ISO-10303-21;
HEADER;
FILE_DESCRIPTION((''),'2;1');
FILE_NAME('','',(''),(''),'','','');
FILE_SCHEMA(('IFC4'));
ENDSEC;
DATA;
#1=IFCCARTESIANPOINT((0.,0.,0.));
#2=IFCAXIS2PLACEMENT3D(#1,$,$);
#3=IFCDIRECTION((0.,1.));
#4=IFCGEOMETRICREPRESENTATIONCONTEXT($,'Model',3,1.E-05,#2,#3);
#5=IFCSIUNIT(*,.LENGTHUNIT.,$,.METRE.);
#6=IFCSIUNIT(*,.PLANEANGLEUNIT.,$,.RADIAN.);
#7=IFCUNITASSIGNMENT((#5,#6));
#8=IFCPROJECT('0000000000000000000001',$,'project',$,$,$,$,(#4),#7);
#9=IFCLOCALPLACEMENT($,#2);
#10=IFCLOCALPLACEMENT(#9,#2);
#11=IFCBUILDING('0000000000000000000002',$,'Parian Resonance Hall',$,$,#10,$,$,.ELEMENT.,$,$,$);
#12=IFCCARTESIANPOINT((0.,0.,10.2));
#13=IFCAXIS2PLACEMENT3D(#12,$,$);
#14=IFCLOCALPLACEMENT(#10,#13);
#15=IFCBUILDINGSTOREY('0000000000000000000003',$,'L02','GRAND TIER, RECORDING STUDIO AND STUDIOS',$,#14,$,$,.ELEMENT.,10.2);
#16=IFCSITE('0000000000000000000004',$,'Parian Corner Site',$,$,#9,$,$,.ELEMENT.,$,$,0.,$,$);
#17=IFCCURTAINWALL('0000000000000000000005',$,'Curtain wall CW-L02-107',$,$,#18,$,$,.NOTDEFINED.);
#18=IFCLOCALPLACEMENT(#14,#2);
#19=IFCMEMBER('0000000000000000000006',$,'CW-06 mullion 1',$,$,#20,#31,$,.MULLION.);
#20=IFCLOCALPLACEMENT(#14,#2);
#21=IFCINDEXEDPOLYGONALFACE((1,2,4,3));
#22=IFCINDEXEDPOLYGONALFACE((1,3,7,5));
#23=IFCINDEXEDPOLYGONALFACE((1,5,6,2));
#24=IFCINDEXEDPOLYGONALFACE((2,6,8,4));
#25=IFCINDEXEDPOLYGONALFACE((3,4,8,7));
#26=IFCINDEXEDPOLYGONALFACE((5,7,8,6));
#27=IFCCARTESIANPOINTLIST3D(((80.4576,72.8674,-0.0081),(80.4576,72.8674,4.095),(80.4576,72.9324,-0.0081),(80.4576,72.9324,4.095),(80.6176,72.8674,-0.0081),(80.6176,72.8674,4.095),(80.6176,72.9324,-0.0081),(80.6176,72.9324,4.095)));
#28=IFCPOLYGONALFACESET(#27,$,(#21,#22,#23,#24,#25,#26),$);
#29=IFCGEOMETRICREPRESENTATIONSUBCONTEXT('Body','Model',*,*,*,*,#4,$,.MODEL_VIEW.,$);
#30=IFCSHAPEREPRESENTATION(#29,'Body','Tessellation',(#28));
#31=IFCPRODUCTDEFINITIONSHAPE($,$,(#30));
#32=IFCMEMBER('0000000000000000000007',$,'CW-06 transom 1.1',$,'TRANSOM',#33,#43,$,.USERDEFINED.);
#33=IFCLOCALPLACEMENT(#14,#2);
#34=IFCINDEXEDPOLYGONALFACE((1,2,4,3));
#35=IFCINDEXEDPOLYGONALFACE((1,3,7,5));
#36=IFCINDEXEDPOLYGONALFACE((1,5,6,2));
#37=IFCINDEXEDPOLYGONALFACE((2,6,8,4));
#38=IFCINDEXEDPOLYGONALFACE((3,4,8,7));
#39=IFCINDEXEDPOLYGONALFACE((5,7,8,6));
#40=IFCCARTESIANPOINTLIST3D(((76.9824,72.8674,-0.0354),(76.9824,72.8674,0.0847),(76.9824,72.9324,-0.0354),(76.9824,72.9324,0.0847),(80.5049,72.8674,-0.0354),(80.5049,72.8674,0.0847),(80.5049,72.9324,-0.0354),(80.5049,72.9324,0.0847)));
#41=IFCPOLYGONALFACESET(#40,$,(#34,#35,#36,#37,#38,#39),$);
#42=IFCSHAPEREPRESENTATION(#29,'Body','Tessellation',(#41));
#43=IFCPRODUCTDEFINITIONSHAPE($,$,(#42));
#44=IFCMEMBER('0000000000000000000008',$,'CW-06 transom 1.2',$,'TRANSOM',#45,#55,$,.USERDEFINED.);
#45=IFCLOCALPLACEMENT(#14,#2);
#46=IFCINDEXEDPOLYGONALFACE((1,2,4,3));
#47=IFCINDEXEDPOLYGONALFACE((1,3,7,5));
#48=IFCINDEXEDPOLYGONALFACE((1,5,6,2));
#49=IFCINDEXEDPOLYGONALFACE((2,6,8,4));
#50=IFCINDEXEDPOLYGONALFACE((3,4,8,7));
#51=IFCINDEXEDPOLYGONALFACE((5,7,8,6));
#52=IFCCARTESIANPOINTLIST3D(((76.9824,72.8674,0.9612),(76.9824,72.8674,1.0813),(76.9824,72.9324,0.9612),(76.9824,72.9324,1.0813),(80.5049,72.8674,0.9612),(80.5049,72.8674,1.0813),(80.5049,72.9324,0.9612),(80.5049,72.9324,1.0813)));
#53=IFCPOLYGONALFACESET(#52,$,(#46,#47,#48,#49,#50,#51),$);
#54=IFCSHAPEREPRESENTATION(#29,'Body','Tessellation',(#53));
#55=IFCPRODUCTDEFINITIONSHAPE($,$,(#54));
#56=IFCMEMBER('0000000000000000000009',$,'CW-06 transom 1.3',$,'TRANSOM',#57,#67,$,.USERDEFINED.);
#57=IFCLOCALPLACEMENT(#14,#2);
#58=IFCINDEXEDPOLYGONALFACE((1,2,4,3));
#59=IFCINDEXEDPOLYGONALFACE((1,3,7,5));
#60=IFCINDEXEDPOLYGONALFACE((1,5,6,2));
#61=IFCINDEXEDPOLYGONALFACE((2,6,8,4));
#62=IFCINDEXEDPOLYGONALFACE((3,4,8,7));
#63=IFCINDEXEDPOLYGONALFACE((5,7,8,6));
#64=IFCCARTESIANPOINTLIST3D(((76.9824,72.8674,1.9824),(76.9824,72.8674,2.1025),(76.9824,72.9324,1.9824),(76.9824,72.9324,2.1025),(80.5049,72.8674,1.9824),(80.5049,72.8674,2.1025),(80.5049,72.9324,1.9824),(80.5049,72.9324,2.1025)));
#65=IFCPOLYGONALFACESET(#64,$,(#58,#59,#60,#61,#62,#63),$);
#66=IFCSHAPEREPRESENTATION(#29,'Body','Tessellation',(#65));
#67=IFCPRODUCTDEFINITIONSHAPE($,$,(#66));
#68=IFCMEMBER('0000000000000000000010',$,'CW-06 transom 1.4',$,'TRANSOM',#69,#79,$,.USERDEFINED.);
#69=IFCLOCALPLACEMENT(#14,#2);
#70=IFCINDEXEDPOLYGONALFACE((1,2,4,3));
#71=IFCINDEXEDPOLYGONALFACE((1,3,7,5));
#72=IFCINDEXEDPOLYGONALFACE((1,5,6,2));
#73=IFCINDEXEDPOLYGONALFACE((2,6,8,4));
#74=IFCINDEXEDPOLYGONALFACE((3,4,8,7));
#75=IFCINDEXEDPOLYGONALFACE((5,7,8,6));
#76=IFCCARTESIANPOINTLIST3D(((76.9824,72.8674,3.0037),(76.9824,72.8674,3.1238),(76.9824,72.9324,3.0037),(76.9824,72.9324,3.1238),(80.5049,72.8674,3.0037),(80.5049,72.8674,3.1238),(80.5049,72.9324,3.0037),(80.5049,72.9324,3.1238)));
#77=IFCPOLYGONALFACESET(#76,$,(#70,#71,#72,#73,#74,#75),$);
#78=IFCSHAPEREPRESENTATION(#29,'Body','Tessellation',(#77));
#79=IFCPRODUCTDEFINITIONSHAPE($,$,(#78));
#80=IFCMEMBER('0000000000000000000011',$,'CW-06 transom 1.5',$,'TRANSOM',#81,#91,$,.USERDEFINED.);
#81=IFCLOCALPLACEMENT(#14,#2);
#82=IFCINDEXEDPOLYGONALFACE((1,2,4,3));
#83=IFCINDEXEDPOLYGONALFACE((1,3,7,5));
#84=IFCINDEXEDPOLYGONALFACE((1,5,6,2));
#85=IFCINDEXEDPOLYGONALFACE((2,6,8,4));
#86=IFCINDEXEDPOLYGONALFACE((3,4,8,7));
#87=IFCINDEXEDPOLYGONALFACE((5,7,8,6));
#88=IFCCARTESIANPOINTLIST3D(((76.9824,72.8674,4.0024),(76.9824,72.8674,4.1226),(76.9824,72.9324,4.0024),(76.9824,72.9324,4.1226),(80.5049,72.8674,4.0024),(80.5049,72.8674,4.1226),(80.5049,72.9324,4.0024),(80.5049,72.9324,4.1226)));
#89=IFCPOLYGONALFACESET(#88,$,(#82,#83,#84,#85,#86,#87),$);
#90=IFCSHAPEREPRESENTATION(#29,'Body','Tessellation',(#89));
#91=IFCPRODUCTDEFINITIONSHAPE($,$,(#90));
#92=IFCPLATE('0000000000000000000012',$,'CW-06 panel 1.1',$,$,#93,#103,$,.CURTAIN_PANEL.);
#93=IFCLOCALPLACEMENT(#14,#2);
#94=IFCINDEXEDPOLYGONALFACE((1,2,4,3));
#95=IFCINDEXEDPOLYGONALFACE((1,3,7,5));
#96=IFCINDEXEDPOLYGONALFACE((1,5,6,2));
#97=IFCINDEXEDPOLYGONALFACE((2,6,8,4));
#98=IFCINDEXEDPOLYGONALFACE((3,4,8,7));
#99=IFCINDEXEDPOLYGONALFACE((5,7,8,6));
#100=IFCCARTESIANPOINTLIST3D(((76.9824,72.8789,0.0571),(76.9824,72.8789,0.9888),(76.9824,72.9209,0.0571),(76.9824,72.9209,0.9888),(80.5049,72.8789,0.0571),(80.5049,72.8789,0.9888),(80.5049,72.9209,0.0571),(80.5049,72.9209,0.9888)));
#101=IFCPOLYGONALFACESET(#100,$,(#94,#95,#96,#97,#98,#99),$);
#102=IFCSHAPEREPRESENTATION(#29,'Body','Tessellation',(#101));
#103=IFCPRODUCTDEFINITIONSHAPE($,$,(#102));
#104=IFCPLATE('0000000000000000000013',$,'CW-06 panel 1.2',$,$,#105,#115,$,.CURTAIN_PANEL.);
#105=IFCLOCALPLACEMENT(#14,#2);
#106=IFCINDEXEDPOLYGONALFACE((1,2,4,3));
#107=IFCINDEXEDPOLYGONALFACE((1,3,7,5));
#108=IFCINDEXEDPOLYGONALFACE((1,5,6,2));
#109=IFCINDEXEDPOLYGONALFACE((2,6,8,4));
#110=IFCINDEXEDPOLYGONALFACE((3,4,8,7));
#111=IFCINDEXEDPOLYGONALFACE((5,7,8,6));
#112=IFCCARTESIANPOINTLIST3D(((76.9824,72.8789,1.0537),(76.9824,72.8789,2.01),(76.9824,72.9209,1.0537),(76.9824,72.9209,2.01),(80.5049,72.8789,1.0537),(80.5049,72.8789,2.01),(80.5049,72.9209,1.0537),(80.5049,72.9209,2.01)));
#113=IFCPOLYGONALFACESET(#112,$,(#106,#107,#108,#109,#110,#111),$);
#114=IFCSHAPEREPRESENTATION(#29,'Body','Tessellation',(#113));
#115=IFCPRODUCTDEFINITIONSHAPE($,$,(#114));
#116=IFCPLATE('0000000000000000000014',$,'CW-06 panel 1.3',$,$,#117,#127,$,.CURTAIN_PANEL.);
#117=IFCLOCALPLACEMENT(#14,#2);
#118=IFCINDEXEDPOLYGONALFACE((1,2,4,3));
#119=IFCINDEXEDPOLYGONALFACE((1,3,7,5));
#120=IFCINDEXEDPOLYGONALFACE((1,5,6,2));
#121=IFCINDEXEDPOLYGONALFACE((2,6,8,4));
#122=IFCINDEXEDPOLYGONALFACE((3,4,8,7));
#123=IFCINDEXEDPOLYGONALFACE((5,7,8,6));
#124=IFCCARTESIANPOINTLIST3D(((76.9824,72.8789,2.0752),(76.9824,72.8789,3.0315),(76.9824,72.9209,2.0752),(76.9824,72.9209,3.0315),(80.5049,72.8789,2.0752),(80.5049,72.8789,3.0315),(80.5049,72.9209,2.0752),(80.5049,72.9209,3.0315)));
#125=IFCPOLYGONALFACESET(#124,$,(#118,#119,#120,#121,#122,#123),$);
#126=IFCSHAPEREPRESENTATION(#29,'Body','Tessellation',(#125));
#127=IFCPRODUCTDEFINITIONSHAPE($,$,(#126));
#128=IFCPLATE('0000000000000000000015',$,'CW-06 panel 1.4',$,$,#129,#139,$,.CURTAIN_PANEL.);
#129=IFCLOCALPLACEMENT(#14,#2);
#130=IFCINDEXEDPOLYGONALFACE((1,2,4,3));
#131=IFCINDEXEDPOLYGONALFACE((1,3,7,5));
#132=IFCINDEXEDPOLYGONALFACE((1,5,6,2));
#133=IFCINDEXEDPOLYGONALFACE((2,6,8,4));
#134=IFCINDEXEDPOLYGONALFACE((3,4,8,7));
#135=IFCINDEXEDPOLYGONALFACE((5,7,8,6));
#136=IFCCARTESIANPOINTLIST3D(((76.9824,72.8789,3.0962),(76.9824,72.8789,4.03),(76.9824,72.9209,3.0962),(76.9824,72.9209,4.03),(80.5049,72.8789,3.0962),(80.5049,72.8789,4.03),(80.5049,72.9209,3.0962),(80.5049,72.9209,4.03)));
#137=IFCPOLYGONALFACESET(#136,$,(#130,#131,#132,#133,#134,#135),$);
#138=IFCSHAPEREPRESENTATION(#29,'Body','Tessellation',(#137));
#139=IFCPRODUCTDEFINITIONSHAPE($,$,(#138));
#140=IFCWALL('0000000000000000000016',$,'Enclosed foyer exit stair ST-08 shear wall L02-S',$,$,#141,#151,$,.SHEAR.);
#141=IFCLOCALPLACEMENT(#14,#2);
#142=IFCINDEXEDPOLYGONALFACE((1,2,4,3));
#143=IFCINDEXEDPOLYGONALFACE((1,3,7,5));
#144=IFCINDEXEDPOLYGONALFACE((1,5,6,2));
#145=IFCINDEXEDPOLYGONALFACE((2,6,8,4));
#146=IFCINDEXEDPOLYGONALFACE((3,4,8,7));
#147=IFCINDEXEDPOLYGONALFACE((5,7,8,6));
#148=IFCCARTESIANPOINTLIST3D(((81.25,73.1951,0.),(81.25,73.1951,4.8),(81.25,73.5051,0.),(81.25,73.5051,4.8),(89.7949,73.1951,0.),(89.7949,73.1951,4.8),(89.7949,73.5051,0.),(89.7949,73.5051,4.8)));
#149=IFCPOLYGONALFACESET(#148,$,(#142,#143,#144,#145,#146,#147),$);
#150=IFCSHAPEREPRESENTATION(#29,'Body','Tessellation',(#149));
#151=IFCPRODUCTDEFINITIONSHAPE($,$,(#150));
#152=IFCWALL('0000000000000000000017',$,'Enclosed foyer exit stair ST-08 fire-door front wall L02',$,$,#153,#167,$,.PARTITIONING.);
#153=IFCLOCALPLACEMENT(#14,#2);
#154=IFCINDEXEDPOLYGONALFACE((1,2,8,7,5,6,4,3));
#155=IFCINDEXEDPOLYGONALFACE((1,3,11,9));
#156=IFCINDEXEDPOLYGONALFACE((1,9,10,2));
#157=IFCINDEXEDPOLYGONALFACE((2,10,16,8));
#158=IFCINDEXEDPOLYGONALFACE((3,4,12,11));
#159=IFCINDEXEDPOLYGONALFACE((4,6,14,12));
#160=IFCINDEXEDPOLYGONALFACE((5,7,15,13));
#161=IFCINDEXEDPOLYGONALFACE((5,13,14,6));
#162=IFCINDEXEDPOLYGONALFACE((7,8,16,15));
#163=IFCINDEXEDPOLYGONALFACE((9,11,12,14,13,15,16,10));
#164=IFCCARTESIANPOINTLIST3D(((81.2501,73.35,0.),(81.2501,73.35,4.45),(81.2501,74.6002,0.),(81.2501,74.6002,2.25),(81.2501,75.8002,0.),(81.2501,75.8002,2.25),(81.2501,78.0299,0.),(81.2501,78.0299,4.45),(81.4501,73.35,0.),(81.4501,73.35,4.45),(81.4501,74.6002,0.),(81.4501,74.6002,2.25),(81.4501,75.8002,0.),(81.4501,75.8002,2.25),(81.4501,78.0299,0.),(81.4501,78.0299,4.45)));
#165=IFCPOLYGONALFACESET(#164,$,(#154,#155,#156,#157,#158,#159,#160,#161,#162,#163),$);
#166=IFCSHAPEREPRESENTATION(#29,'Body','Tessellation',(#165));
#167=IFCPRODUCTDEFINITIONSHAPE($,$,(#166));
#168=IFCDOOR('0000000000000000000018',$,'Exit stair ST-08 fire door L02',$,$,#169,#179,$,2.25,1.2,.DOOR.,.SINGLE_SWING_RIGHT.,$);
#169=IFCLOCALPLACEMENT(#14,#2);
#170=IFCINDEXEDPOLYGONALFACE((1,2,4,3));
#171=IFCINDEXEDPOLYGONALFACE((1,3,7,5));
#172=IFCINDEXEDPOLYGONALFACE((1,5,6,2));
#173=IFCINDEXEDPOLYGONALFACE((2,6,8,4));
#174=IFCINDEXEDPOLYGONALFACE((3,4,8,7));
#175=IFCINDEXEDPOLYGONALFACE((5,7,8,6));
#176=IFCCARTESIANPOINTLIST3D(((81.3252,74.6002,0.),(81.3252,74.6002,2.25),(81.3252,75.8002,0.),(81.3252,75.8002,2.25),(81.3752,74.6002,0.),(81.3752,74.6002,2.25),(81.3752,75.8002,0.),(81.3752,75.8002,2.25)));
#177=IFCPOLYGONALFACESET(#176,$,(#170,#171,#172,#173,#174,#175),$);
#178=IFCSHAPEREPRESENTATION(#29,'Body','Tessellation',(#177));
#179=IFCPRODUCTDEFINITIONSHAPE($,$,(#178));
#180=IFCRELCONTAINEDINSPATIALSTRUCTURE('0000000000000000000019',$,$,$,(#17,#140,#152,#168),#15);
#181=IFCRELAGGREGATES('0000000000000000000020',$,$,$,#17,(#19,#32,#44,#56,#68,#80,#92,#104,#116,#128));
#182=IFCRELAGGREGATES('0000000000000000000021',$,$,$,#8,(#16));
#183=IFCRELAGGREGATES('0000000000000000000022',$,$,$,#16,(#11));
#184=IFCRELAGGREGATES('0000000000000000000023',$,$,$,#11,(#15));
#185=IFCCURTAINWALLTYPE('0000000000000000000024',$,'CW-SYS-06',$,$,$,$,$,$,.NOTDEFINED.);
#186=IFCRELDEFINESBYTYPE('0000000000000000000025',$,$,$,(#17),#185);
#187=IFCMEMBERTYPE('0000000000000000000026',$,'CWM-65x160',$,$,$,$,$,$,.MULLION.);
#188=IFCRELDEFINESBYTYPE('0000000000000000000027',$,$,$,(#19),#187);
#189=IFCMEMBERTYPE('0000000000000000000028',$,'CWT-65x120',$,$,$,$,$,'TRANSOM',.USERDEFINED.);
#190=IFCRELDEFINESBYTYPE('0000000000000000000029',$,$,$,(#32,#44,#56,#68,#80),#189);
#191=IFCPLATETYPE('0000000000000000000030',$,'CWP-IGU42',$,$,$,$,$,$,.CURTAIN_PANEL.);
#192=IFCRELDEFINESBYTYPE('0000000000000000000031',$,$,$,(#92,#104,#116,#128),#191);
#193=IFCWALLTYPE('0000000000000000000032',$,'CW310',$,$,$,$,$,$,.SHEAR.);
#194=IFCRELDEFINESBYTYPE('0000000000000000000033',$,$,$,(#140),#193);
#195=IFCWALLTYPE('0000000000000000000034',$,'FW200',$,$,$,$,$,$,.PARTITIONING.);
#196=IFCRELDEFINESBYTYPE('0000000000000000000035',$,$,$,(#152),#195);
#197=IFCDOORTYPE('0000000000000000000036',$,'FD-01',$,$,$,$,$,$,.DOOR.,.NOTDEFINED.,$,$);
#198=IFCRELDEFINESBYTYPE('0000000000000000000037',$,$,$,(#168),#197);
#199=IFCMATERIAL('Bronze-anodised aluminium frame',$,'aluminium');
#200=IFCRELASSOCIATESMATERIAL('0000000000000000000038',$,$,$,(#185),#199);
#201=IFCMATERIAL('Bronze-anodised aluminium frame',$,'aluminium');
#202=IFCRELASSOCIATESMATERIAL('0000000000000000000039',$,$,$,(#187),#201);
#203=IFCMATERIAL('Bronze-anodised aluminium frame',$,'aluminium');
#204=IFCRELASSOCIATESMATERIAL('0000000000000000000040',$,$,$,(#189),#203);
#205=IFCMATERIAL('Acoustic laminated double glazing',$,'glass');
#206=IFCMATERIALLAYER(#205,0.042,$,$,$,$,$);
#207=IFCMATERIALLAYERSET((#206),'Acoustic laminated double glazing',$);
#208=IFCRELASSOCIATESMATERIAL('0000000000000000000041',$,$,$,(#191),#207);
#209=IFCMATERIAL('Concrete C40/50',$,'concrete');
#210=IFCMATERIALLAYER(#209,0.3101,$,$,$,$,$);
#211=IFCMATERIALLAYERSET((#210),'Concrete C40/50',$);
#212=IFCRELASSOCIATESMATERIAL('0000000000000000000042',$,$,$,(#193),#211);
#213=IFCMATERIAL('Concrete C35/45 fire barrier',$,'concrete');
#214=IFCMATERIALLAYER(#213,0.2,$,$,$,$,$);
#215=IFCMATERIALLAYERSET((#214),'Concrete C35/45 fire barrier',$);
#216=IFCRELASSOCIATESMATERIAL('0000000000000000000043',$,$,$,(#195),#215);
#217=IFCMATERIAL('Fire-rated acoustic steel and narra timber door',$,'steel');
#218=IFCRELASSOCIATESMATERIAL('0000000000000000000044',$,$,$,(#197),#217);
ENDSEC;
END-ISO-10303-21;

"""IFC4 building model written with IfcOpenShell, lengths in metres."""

from ifc_helpers import new_model, si_unit, direction, frame, frame_2d, origin, origin_2d, place, context, subcontext, project, spatial, rectangle, extrude, material, layer, layer_set, material_profile, profile_set, type_object, element, fill, aggregate, save


model = new_model("IFC4")

# Units and contexts
model_context = context("Model", 3, precision=1e-05, world=origin(), true_north=direction((0.0, 1.0)))
body_context = subcontext(model_context, "Body", "Model", "MODEL_VIEW")
ifc_project = project(units=[si_unit("LENGTHUNIT", "METRE"), si_unit("PLANEANGLEUNIT", "RADIAN")], contexts=[model_context])

# Site, building, storey
site_placement = place(None, origin())
site = spatial("IfcSite", under=ifc_project, at=site_placement, Name="Parian Corner Site", CompositionType="ELEMENT", RefElevation=0.0)
building_placement = place(site_placement, origin())
building = spatial("IfcBuilding", under=site, at=building_placement, Name="Parian Resonance Hall", CompositionType="ELEMENT")
storey_placement = place(building_placement, frame((0.0, 0.0, 10.2)))
storey = spatial("IfcBuildingStorey", under=building, at=storey_placement, Name="L02", Description="GRAND TIER, RECORDING STUDIO AND STUDIOS", CompositionType="ELEMENT", Elevation=10.2)

# Curtain wall, members, plates
ifc_material_1 = material(Name="Bronze-anodised aluminium frame", Category="aluminium")
curtain_wall_type = type_object("IfcCurtainWallType", Name="CW-SYS-06", PredefinedType="NOTDEFINED", material=ifc_material_1)
curtain_wall_placement = place(storey_placement, origin())
curtain_wall = element("IfcCurtainWall", 1, at=curtain_wall_placement, inside=storey, type_object=curtain_wall_type, Name="Curtain wall CW-L02-107", PredefinedType="NOTDEFINED")
ifc_material_2 = material(Name="Bronze-anodised aluminium frame", Category="aluminium")
ifc_material_profile_1 = material_profile(ifc_material_2, rectangle(XDim=0.0649, YDim=0.1599, at=origin_2d()), Name="CWM-65x160")
ifc_profile_set_1 = profile_set([ifc_material_profile_1], Name="Bronze-anodised aluminium frame")
member_type_1 = type_object("IfcMemberType", Name="CWM-65x160", PredefinedType="MULLION", material=ifc_profile_set_1)
member_1_placement = place(storey_placement, frame((80.5376, 72.8999, -0.0081), z_axis=(0.0, 0.0, 1.0), x_axis=(0.0, -1.0, 0.0)))
member_1 = element("IfcMember", 2, at=member_1_placement, type_object=member_type_1, Name="CW-06 mullion 1", PredefinedType="MULLION", context=body_context, shape_type="SweptSolid", body=[
    extrude(rectangle(XDim=0.0649, YDim=0.1599, at=origin_2d()), origin(), (0.0, 0.0, 1.0), 4.103),
])
ifc_material_3 = material(Name="Bronze-anodised aluminium frame", Category="aluminium")
ifc_material_profile_2 = material_profile(ifc_material_3, rectangle(XDim=0.0649, YDim=0.1201, at=origin_2d()), Name="CWT-65x120")
ifc_profile_set_2 = profile_set([ifc_material_profile_2], Name="Bronze-anodised aluminium frame")
member_type_2 = type_object("IfcMemberType", Name="CWT-65x120", ElementType="TRANSOM", PredefinedType="USERDEFINED", material=ifc_profile_set_2)
member_2_placement = place(storey_placement, frame((80.5049, 72.8999, 0.0247), z_axis=(-1.0, 0.0, 0.0), x_axis=(0.0, -1.0, 0.0)))
member_2 = element("IfcMember", 3, at=member_2_placement, type_object=member_type_2, Name="CW-06 transom 1.1", ObjectType="TRANSOM", PredefinedType="USERDEFINED", context=body_context, shape_type="SweptSolid", body=[
    extrude(rectangle(XDim=0.0649, YDim=0.1201, at=origin_2d()), origin(), (0.0, 0.0, 1.0), 3.5225),
])
member_3_placement = place(storey_placement, frame((80.5049, 72.8999, 1.0212), z_axis=(-1.0, 0.0, 0.0), x_axis=(0.0, -1.0, 0.0)))
member_3 = element("IfcMember", 4, at=member_3_placement, type_object=member_type_2, Name="CW-06 transom 1.2", ObjectType="TRANSOM", PredefinedType="USERDEFINED", context=body_context, shape_type="SweptSolid", body=[
    extrude(rectangle(XDim=0.0649, YDim=0.1201, at=origin_2d()), origin(), (0.0, 0.0, 1.0), 3.5225),
])
member_4_placement = place(storey_placement, frame((80.5049, 72.8999, 2.0425), z_axis=(-1.0, 0.0, 0.0), x_axis=(0.0, -1.0, 0.0)))
member_4 = element("IfcMember", 5, at=member_4_placement, type_object=member_type_2, Name="CW-06 transom 1.3", ObjectType="TRANSOM", PredefinedType="USERDEFINED", context=body_context, shape_type="SweptSolid", body=[
    extrude(rectangle(XDim=0.0649, YDim=0.1201, at=origin_2d()), origin(), (0.0, 0.0, 1.0), 3.5225),
])
member_5_placement = place(storey_placement, frame((80.5049, 72.8999, 3.0637), z_axis=(-1.0, 0.0, 0.0), x_axis=(0.0, -1.0, 0.0)))
member_5 = element("IfcMember", 6, at=member_5_placement, type_object=member_type_2, Name="CW-06 transom 1.4", ObjectType="TRANSOM", PredefinedType="USERDEFINED", context=body_context, shape_type="SweptSolid", body=[
    extrude(rectangle(XDim=0.0649, YDim=0.1201, at=origin_2d()), origin(), (0.0, 0.0, 1.0), 3.5225),
])
member_6_placement = place(storey_placement, frame((80.5049, 72.8999, 4.0625), z_axis=(-1.0, 0.0, 0.0), x_axis=(0.0, -1.0, 0.0)))
member_6 = element("IfcMember", 7, at=member_6_placement, type_object=member_type_2, Name="CW-06 transom 1.5", ObjectType="TRANSOM", PredefinedType="USERDEFINED", context=body_context, shape_type="SweptSolid", body=[
    extrude(rectangle(XDim=0.0649, YDim=0.1201, at=origin_2d()), origin(), (0.0, 0.0, 1.0), 3.5225),
])
ifc_material_4 = material(Name="Acoustic laminated double glazing", Category="glass")
ifc_layer_1 = layer(ifc_material_4, 0.042)
ifc_layer_set_1 = layer_set([ifc_layer_1], Name="Acoustic laminated double glazing")
plate_type = type_object("IfcPlateType", Name="CWP-IGU42", PredefinedType="CURTAIN_PANEL", material=ifc_layer_set_1)
plate_1_placement = place(storey_placement, frame((78.7437, 72.8999, 0.0571), z_axis=(0.0, 0.0, 1.0), x_axis=(-1.0, 0.0, 0.0)))
plate_1 = element("IfcPlate", 8, at=plate_1_placement, type_object=plate_type, Name="CW-06 panel 1.1", PredefinedType="CURTAIN_PANEL", context=body_context, shape_type="SweptSolid", body=[
    extrude(rectangle(XDim=3.5225, YDim=0.042, at=origin_2d()), origin(), (0.0, 0.0, 1.0), 0.9316),
])
plate_2_placement = place(storey_placement, frame((78.7437, 72.8999, 1.0537), z_axis=(0.0, 0.0, 1.0), x_axis=(-1.0, 0.0, 0.0)))
plate_2 = element("IfcPlate", 9, at=plate_2_placement, type_object=plate_type, Name="CW-06 panel 1.2", PredefinedType="CURTAIN_PANEL", context=body_context, shape_type="SweptSolid", body=[
    extrude(rectangle(XDim=3.5225, YDim=0.042, at=origin_2d()), origin(), (0.0, 0.0, 1.0), 0.9563),
])
plate_3_placement = place(storey_placement, frame((78.7437, 72.8999, 2.0752), z_axis=(0.0, 0.0, 1.0), x_axis=(-1.0, 0.0, 0.0)))
plate_3 = element("IfcPlate", 10, at=plate_3_placement, type_object=plate_type, Name="CW-06 panel 1.3", PredefinedType="CURTAIN_PANEL", context=body_context, shape_type="SweptSolid", body=[
    extrude(rectangle(XDim=3.5225, YDim=0.042, at=origin_2d()), origin(), (0.0, 0.0, 1.0), 0.9563),
])
plate_4_placement = place(storey_placement, frame((78.7437, 72.8999, 3.0962), z_axis=(0.0, 0.0, 1.0), x_axis=(-1.0, 0.0, 0.0)))
plate_4 = element("IfcPlate", 11, at=plate_4_placement, type_object=plate_type, Name="CW-06 panel 1.4", PredefinedType="CURTAIN_PANEL", context=body_context, shape_type="SweptSolid", body=[
    extrude(rectangle(XDim=3.5225, YDim=0.042, at=origin_2d()), origin(), (0.0, 0.0, 1.0), 0.9338),
])
aggregate(curtain_wall, [member_1, member_2, member_3, member_4, member_5, member_6, plate_1, plate_2, plate_3, plate_4])

# Wall
ifc_material_5 = material(Name="Concrete C40/50", Category="concrete")
ifc_layer_2 = layer(ifc_material_5, 0.3101)
ifc_layer_set_2 = layer_set([ifc_layer_2], Name="Concrete C40/50")
wall_type_1 = type_object("IfcWallType", Name="CW310", PredefinedType="SHEAR", material=ifc_layer_set_2)
wall_1_placement = place(storey_placement, frame((81.25, 73.3501, 0.0), z_axis=(0.0, 0.0, 1.0), x_axis=(1.0, 0.0, 0.0)))
element("IfcWall", 12, at=wall_1_placement, inside=storey, type_object=wall_type_1, Name="Enclosed foyer exit stair ST-08 shear wall L02-S", PredefinedType="SHEAR", context=body_context, shape_type="SweptSolid", body=[
    extrude(rectangle(XDim=8.5449, YDim=0.3101, at=frame_2d((4.2725, 0.0))), origin(), (0.0, 0.0, 1.0), 4.8),
])

# Wall, opening, door
ifc_material_6 = material(Name="Concrete C35/45 fire barrier", Category="concrete")
ifc_layer_3 = layer(ifc_material_6, 0.2)
ifc_layer_set_3 = layer_set([ifc_layer_3], Name="Concrete C35/45 fire barrier")
wall_type_2 = type_object("IfcWallType", Name="FW200", PredefinedType="PARTITIONING", material=ifc_layer_set_3)
wall_2_placement = place(storey_placement, frame((81.3501, 73.3501, 0.0), z_axis=(0.0, 0.0, 1.0), x_axis=(0.0, 1.0, 0.0)))
wall_2 = element("IfcWall", 13, at=wall_2_placement, inside=storey, type_object=wall_type_2, Name="Enclosed foyer exit stair ST-08 fire-door front wall L02", PredefinedType="PARTITIONING", context=body_context, shape_type="SweptSolid", body=[
    extrude(rectangle(XDim=4.6799, YDim=0.2, at=frame_2d((2.3398, 0.0))), origin(), (0.0, 0.0, 1.0), 4.45),
])
opening_1_placement = place(wall_2_placement, frame((1.25, 0.0, 0.0)))
opening_1 = element("IfcOpeningElement", 14, at=opening_1_placement, cuts=wall_2, PredefinedType="OPENING", context=body_context, shape_type="SweptSolid", body=[
    extrude(rectangle(XDim=1.2, YDim=2.25, at=frame_2d((0.6001, 1.125))), frame((0.0, 0.1099, 0.0), z_axis=(0.0, -1.0, 0.0), x_axis=(1.0, 0.0, 0.0)), (0.0, 0.0, 1.0), 0.22),
])
ifc_material_7 = material(Name="Fire-rated acoustic steel and narra timber door", Category="steel")
door_type_1 = type_object("IfcDoorType", Name="FD-01", OperationType="NOTDEFINED", PredefinedType="DOOR", material=ifc_material_7)
door_1_placement = place(opening_1_placement, origin())
door_1 = element("IfcDoor", 15, at=door_1_placement, inside=storey, type_object=door_type_1, Name="Exit stair ST-08 fire door L02", OperationType="SINGLE_SWING_RIGHT", OverallHeight=2.25, OverallWidth=1.2, PredefinedType="DOOR", context=body_context, shape_type="SweptSolid", body=[
    extrude(rectangle(XDim=1.2, YDim=2.25, at=frame_2d((0.6001, 1.125))), frame((0.0, 0.0249, 0.0), z_axis=(0.0, -1.0, 0.0), x_axis=(1.0, 0.0, 0.0)), (0.0, 0.0, 1.0), 0.05),
])
fill(opening_1, door_1)

save(model, "model.ifc")
